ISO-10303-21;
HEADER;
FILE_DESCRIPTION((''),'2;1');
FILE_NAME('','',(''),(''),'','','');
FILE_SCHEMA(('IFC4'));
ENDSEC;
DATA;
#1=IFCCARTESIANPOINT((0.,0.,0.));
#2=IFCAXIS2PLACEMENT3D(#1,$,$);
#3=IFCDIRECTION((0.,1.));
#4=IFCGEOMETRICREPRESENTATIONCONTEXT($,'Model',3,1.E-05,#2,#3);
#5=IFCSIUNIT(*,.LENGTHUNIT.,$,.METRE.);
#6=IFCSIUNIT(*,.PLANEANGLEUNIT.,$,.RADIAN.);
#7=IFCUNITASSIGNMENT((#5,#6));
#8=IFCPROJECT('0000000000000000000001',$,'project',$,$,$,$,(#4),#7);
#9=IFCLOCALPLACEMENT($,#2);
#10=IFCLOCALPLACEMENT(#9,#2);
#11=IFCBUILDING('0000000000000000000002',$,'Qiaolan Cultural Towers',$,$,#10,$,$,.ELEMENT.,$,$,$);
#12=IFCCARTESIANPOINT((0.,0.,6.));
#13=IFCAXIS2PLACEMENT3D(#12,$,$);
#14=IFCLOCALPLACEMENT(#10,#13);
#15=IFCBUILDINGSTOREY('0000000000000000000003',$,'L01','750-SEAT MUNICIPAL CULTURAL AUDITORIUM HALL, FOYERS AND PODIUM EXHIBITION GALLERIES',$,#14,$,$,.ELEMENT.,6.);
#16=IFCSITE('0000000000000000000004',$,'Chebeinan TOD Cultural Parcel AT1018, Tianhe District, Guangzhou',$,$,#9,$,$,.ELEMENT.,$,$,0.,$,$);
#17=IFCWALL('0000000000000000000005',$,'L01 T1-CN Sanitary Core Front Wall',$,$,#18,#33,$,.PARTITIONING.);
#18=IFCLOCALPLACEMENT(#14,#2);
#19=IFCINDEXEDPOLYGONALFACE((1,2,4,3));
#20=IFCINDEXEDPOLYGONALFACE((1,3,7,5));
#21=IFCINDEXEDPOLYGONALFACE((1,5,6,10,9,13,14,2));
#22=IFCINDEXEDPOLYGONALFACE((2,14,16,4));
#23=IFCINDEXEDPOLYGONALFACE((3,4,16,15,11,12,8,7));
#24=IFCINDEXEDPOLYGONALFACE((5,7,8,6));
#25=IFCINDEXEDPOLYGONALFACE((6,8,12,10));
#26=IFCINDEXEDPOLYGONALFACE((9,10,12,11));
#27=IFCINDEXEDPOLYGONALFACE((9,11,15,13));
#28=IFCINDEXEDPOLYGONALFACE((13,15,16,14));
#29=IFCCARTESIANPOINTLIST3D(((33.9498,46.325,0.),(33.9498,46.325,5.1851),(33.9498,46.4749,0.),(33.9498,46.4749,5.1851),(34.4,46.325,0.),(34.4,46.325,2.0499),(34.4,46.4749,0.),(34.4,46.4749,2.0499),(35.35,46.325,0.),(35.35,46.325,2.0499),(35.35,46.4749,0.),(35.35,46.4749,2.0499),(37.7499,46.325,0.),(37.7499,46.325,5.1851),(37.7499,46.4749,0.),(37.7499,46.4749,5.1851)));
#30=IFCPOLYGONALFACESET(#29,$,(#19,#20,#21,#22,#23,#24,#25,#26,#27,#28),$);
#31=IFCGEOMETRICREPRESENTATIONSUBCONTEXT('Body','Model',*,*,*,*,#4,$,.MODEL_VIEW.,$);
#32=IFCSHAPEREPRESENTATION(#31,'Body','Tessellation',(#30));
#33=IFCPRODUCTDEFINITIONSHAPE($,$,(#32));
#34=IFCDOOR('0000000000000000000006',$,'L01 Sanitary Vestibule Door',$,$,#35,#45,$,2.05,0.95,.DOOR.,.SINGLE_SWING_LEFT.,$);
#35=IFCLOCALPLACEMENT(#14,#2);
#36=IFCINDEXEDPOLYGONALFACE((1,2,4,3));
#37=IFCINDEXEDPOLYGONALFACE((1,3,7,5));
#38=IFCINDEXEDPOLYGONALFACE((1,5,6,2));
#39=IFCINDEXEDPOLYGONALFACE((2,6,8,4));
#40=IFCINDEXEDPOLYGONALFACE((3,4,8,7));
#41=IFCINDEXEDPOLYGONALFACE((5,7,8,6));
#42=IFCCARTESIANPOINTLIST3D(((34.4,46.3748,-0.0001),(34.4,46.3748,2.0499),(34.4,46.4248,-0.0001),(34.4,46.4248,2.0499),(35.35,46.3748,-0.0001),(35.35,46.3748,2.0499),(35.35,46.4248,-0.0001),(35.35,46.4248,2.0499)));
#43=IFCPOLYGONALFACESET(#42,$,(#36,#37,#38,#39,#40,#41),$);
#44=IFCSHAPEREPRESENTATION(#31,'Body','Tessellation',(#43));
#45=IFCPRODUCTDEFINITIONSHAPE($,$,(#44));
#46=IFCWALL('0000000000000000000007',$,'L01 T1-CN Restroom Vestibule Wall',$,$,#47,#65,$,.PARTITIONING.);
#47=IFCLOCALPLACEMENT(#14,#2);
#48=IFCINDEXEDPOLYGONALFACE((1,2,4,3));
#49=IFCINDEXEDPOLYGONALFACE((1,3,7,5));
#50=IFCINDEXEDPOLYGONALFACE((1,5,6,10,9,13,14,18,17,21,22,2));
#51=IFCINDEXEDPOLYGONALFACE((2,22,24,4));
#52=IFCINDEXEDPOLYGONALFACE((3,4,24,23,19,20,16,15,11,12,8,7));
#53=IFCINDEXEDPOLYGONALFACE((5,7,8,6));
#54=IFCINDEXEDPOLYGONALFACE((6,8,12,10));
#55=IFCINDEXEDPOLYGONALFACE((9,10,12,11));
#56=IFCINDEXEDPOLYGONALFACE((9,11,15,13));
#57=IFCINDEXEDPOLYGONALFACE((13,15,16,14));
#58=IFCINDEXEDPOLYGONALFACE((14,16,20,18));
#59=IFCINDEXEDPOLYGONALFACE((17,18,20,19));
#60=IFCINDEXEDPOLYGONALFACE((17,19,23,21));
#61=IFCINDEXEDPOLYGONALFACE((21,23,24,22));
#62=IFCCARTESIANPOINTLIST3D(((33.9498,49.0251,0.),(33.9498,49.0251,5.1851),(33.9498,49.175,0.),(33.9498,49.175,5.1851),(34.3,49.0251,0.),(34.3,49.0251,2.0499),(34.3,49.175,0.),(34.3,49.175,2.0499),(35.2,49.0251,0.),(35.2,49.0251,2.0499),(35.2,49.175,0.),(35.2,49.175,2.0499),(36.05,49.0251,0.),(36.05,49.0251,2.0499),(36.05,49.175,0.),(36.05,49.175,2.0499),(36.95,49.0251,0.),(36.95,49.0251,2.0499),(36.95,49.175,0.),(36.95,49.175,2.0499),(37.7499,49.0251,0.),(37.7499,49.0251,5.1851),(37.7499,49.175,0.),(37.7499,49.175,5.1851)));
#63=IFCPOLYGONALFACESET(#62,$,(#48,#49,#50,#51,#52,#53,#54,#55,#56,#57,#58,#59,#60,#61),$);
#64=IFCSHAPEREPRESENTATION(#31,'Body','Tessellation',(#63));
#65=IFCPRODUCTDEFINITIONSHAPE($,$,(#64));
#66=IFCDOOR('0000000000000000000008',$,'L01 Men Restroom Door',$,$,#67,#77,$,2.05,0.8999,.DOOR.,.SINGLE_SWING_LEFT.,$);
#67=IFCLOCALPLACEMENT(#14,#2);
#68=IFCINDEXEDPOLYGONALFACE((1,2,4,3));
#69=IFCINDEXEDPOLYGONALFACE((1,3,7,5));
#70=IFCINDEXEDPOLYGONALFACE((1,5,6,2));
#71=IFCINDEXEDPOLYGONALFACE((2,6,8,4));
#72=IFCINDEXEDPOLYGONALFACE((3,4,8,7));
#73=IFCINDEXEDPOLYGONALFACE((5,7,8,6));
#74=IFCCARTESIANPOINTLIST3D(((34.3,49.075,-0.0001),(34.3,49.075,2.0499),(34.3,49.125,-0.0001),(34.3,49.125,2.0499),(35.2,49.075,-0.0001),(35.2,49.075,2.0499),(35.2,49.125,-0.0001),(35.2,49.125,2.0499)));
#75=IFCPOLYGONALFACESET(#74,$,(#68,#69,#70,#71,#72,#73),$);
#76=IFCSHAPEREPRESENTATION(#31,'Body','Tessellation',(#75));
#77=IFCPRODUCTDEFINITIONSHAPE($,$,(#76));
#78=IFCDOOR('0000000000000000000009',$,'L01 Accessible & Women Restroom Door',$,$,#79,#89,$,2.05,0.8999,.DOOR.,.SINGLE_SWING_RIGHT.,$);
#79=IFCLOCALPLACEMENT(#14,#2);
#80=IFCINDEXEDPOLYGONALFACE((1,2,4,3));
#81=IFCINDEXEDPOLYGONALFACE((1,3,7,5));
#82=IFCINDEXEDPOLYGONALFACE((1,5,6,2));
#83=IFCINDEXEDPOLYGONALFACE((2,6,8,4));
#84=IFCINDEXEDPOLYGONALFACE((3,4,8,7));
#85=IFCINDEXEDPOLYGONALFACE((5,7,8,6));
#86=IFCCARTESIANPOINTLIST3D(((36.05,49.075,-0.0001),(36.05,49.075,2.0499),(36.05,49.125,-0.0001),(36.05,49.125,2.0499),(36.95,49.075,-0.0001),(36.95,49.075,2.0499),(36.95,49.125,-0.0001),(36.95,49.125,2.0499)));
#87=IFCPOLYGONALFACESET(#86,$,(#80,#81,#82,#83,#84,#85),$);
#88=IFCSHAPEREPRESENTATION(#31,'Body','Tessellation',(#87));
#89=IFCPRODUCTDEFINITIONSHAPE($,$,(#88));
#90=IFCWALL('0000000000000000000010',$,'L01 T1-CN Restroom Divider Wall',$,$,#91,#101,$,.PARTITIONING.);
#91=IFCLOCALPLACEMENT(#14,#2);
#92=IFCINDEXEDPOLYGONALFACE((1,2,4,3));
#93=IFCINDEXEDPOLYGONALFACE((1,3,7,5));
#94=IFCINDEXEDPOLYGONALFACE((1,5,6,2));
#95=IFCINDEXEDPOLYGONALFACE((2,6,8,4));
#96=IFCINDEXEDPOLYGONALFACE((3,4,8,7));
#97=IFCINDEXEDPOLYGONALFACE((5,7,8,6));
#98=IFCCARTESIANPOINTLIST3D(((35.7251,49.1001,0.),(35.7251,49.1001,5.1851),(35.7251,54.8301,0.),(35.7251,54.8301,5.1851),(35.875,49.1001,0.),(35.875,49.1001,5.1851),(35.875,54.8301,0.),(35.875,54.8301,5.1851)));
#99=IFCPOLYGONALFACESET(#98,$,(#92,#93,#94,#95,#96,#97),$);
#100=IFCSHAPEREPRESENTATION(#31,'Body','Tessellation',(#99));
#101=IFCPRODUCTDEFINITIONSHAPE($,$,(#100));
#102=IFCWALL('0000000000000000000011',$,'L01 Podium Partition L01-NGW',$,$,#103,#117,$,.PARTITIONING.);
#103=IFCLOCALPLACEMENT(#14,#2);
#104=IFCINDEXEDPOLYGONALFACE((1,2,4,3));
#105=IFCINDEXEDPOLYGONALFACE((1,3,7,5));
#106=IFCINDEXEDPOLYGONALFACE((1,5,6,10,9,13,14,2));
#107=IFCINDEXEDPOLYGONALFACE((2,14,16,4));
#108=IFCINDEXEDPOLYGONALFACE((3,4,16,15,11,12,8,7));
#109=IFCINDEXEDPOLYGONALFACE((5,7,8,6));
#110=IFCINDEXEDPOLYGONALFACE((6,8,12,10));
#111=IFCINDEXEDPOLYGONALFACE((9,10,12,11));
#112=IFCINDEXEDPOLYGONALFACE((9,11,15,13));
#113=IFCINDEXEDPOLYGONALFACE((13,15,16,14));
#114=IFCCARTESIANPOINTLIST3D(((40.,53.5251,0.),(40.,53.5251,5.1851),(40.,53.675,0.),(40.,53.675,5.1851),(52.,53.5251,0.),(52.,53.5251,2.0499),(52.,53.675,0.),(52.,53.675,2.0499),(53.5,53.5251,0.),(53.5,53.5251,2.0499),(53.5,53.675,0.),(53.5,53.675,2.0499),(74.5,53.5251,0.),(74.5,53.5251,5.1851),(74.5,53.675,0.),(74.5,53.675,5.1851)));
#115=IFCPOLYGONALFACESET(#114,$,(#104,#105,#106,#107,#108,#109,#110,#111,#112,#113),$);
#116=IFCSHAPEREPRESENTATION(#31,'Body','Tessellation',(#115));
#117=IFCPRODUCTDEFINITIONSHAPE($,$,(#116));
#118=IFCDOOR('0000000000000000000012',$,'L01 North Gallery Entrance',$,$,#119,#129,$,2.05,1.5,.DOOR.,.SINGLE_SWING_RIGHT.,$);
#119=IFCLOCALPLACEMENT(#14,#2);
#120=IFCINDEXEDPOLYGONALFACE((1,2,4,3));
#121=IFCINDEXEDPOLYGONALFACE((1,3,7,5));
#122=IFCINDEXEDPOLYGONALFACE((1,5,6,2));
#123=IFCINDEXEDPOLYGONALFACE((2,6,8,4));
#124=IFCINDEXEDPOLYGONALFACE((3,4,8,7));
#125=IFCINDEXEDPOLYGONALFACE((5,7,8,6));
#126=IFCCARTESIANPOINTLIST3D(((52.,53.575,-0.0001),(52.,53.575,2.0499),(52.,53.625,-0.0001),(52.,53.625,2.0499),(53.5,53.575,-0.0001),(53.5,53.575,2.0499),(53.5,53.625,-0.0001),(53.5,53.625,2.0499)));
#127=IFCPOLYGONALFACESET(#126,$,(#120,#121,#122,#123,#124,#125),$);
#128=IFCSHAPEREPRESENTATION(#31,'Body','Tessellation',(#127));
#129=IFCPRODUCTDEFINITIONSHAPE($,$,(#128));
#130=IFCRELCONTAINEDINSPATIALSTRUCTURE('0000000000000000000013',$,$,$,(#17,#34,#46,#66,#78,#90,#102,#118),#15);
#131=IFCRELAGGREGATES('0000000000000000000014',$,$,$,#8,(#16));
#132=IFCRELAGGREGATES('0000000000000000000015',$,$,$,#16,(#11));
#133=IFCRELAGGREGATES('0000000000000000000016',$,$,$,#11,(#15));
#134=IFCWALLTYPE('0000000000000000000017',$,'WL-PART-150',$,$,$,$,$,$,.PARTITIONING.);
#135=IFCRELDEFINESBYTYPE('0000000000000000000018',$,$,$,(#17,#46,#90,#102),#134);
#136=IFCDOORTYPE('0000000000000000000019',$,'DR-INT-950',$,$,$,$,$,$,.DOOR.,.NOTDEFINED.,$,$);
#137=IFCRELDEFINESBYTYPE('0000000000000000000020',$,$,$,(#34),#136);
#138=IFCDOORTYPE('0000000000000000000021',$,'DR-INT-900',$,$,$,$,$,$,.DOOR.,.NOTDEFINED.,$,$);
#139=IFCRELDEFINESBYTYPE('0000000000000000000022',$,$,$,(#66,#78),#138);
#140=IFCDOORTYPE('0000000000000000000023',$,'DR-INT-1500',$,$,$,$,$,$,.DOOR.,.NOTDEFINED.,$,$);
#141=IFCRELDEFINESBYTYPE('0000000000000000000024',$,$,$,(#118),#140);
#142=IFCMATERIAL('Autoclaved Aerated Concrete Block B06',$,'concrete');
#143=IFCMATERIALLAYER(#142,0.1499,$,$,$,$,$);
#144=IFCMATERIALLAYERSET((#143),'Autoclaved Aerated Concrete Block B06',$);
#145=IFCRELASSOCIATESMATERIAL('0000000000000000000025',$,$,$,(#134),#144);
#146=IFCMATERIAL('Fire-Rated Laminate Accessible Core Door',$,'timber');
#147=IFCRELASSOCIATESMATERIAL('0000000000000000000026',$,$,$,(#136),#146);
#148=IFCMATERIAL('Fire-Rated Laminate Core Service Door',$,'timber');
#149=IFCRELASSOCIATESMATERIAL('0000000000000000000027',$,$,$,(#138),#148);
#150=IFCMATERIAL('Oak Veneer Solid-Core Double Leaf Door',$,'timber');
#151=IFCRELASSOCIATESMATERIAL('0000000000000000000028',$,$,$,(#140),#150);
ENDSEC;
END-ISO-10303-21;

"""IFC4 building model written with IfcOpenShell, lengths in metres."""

from ifc_helpers import new_model, si_unit, direction, frame, frame_2d, origin, place, context, subcontext, project, spatial, rectangle, extrude, material, layer, layer_set, type_object, element, fill, save


model = new_model("IFC4")

# Units and contexts
model_context = context("Model", 3, precision=1e-05, world=origin(), true_north=direction((0.0, 1.0)))
body_context = subcontext(model_context, "Body", "Model", "MODEL_VIEW")
ifc_project = project(units=[si_unit("LENGTHUNIT", "METRE"), si_unit("PLANEANGLEUNIT", "RADIAN")], contexts=[model_context])

# Site, building, storey
site_placement = place(None, origin())
site = spatial("IfcSite", under=ifc_project, at=site_placement, Name="Chebeinan TOD Cultural Parcel AT1018, Tianhe District, Guangzhou", CompositionType="ELEMENT", RefElevation=0.0)
building_placement = place(site_placement, origin())
building = spatial("IfcBuilding", under=site, at=building_placement, Name="Qiaolan Cultural Towers", CompositionType="ELEMENT")
storey_placement = place(building_placement, frame((0.0, 0.0, 6.0)))
storey = spatial("IfcBuildingStorey", under=building, at=storey_placement, Name="L01", Description="750-SEAT MUNICIPAL CULTURAL AUDITORIUM HALL, FOYERS AND PODIUM EXHIBITION GALLERIES", CompositionType="ELEMENT", Elevation=6.0)

# Wall, opening, door
ifc_material_1 = material(Name="Autoclaved Aerated Concrete Block B06", Category="concrete")
ifc_layer_1 = layer(ifc_material_1, 0.1499)
ifc_layer_set_1 = layer_set([ifc_layer_1], Name="Autoclaved Aerated Concrete Block B06")
wall_type_1 = type_object("IfcWallType", Name="WL-PART-150", PredefinedType="PARTITIONING", material=ifc_layer_set_1)
wall_1_placement = place(storey_placement, frame((33.95, 46.3999, 0.0), z_axis=(0.0, 0.0, 1.0), x_axis=(1.0, 0.0, 0.0)))
wall_1 = element("IfcWall", 1, at=wall_1_placement, inside=storey, type_object=wall_type_1, Name="L01 T1-CN Sanitary Core Front Wall", PredefinedType="PARTITIONING", context=body_context, shape_type="SweptSolid", body=[
    extrude(rectangle(XDim=3.8, YDim=0.1499, at=frame_2d((1.8999, 0.0))), origin(), (0.0, 0.0, 1.0), 5.1851),
])
opening_1_placement = place(wall_1_placement, frame((0.45, 0.0, 0.0)))
opening_1 = element("IfcOpeningElement", 2, at=opening_1_placement, cuts=wall_1, PredefinedType="OPENING", context=body_context, shape_type="SweptSolid", body=[
    extrude(rectangle(XDim=0.95, YDim=2.05, at=frame_2d((0.4751, 1.0249))), frame((0.0, 0.085, 0.0), z_axis=(0.0, -1.0, 0.0), x_axis=(1.0, 0.0, 0.0)), (0.0, 0.0, 1.0), 0.1699),
])
ifc_material_2 = material(Name="Fire-Rated Laminate Accessible Core Door", Category="timber")
door_type_1 = type_object("IfcDoorType", Name="DR-INT-950", OperationType="NOTDEFINED", PredefinedType="DOOR", material=ifc_material_2)
door_1_placement = place(opening_1_placement, origin())
door_1 = element("IfcDoor", 3, at=door_1_placement, inside=storey, type_object=door_type_1, Name="L01 Sanitary Vestibule Door", OperationType="SINGLE_SWING_LEFT", OverallHeight=2.05, OverallWidth=0.95, PredefinedType="DOOR", context=body_context, shape_type="SweptSolid", body=[
    extrude(rectangle(XDim=0.95, YDim=2.05, at=frame_2d((0.4751, 1.0249))), frame((0.0, 0.0249, 0.0), z_axis=(0.0, -1.0, 0.0), x_axis=(1.0, 0.0, 0.0)), (0.0, 0.0, 1.0), 0.05),
])
fill(opening_1, door_1)

# Wall, openings, doors
wall_2_placement = place(storey_placement, frame((33.95, 49.1001, 0.0), z_axis=(0.0, 0.0, 1.0), x_axis=(1.0, 0.0, 0.0)))
wall_2 = element("IfcWall", 4, at=wall_2_placement, inside=storey, type_object=wall_type_1, Name="L01 T1-CN Restroom Vestibule Wall", PredefinedType="PARTITIONING", context=body_context, shape_type="SweptSolid", body=[
    extrude(rectangle(XDim=3.8, YDim=0.1499, at=frame_2d((1.8999, 0.0))), origin(), (0.0, 0.0, 1.0), 5.1851),
])
opening_2_placement = place(wall_2_placement, frame((0.3501, 0.0, 0.0)))
opening_2 = element("IfcOpeningElement", 5, at=opening_2_placement, cuts=wall_2, PredefinedType="OPENING", context=body_context, shape_type="SweptSolid", body=[
    extrude(rectangle(XDim=0.8999, YDim=2.05, at=frame_2d((0.45, 1.0249))), frame((0.0, 0.085, 0.0), z_axis=(0.0, -1.0, 0.0), x_axis=(1.0, 0.0, 0.0)), (0.0, 0.0, 1.0), 0.1699),
])
opening_3_placement = place(wall_2_placement, frame((2.1001, 0.0, 0.0)))
opening_3 = element("IfcOpeningElement", 6, at=opening_3_placement, cuts=wall_2, PredefinedType="OPENING", context=body_context, shape_type="SweptSolid", body=[
    extrude(rectangle(XDim=0.8999, YDim=2.05, at=frame_2d((0.45, 1.0249))), frame((0.0, 0.085, 0.0), z_axis=(0.0, -1.0, 0.0), x_axis=(1.0, 0.0, 0.0)), (0.0, 0.0, 1.0), 0.1699),
])
ifc_material_3 = material(Name="Fire-Rated Laminate Core Service Door", Category="timber")
door_type_2 = type_object("IfcDoorType", Name="DR-INT-900", OperationType="NOTDEFINED", PredefinedType="DOOR", material=ifc_material_3)
door_2_placement = place(opening_2_placement, origin())
door_2 = element("IfcDoor", 7, at=door_2_placement, inside=storey, type_object=door_type_2, Name="L01 Men Restroom Door", OperationType="SINGLE_SWING_LEFT", OverallHeight=2.05, OverallWidth=0.8999, PredefinedType="DOOR", context=body_context, shape_type="SweptSolid", body=[
    extrude(rectangle(XDim=0.8999, YDim=2.05, at=frame_2d((0.45, 1.0249))), frame((0.0, 0.0249, 0.0), z_axis=(0.0, -1.0, 0.0), x_axis=(1.0, 0.0, 0.0)), (0.0, 0.0, 1.0), 0.05),
])
fill(opening_2, door_2)
door_3_placement = place(opening_3_placement, origin())
door_3 = element("IfcDoor", 8, at=door_3_placement, inside=storey, type_object=door_type_2, Name="L01 Accessible & Women Restroom Door", OperationType="SINGLE_SWING_RIGHT", OverallHeight=2.05, OverallWidth=0.8999, PredefinedType="DOOR", context=body_context, shape_type="SweptSolid", body=[
    extrude(rectangle(XDim=0.8999, YDim=2.05, at=frame_2d((0.45, 1.0249))), frame((0.0, 0.0249, 0.0), z_axis=(0.0, -1.0, 0.0), x_axis=(1.0, 0.0, 0.0)), (0.0, 0.0, 1.0), 0.05),
])
fill(opening_3, door_3)

# Wall
wall_3_placement = place(storey_placement, frame((35.8, 49.1001, 0.0), z_axis=(0.0, 0.0, 1.0), x_axis=(0.0, 1.0, 0.0)))
element("IfcWall", 9, at=wall_3_placement, inside=storey, type_object=wall_type_1, Name="L01 T1-CN Restroom Divider Wall", PredefinedType="PARTITIONING", context=body_context, shape_type="SweptSolid", body=[
    extrude(rectangle(XDim=5.73, YDim=0.1499, at=frame_2d((2.865, 0.0))), origin(), (0.0, 0.0, 1.0), 5.1851),
])

# Wall, opening, door
wall_4_placement = place(storey_placement, frame((40.0, 53.6001, 0.0), z_axis=(0.0, 0.0, 1.0), x_axis=(1.0, 0.0, 0.0)))
wall_4 = element("IfcWall", 10, at=wall_4_placement, inside=storey, type_object=wall_type_1, Name="L01 Podium Partition L01-NGW", PredefinedType="PARTITIONING", context=body_context, shape_type="SweptSolid", body=[
    extrude(rectangle(XDim=34.5, YDim=0.1499, at=frame_2d((17.25, 0.0))), origin(), (0.0, 0.0, 1.0), 5.1851),
])
opening_4_placement = place(wall_4_placement, frame((12.0, 0.0, 0.0)))
opening_4 = element("IfcOpeningElement", 11, at=opening_4_placement, cuts=wall_4, PredefinedType="OPENING", context=body_context, shape_type="SweptSolid", body=[
    extrude(rectangle(XDim=1.5, YDim=2.05, at=frame_2d((0.75, 1.0249))), frame((0.0, 0.085, 0.0), z_axis=(0.0, -1.0, 0.0), x_axis=(1.0, 0.0, 0.0)), (0.0, 0.0, 1.0), 0.1699),
])
ifc_material_4 = material(Name="Oak Veneer Solid-Core Double Leaf Door", Category="timber")
door_type_3 = type_object("IfcDoorType", Name="DR-INT-1500", OperationType="NOTDEFINED", PredefinedType="DOOR", material=ifc_material_4)
door_4_placement = place(opening_4_placement, origin())
door_4 = element("IfcDoor", 12, at=door_4_placement, inside=storey, type_object=door_type_3, Name="L01 North Gallery Entrance", OperationType="SINGLE_SWING_RIGHT", OverallHeight=2.05, OverallWidth=1.5, PredefinedType="DOOR", context=body_context, shape_type="SweptSolid", body=[
    extrude(rectangle(XDim=1.5, YDim=2.05, at=frame_2d((0.75, 1.0249))), frame((0.0, 0.0249, 0.0), z_axis=(0.0, -1.0, 0.0), x_axis=(1.0, 0.0, 0.0)), (0.0, 0.0, 1.0), 0.05),
])
fill(opening_4, door_4)

save(model, "model.ifc")
